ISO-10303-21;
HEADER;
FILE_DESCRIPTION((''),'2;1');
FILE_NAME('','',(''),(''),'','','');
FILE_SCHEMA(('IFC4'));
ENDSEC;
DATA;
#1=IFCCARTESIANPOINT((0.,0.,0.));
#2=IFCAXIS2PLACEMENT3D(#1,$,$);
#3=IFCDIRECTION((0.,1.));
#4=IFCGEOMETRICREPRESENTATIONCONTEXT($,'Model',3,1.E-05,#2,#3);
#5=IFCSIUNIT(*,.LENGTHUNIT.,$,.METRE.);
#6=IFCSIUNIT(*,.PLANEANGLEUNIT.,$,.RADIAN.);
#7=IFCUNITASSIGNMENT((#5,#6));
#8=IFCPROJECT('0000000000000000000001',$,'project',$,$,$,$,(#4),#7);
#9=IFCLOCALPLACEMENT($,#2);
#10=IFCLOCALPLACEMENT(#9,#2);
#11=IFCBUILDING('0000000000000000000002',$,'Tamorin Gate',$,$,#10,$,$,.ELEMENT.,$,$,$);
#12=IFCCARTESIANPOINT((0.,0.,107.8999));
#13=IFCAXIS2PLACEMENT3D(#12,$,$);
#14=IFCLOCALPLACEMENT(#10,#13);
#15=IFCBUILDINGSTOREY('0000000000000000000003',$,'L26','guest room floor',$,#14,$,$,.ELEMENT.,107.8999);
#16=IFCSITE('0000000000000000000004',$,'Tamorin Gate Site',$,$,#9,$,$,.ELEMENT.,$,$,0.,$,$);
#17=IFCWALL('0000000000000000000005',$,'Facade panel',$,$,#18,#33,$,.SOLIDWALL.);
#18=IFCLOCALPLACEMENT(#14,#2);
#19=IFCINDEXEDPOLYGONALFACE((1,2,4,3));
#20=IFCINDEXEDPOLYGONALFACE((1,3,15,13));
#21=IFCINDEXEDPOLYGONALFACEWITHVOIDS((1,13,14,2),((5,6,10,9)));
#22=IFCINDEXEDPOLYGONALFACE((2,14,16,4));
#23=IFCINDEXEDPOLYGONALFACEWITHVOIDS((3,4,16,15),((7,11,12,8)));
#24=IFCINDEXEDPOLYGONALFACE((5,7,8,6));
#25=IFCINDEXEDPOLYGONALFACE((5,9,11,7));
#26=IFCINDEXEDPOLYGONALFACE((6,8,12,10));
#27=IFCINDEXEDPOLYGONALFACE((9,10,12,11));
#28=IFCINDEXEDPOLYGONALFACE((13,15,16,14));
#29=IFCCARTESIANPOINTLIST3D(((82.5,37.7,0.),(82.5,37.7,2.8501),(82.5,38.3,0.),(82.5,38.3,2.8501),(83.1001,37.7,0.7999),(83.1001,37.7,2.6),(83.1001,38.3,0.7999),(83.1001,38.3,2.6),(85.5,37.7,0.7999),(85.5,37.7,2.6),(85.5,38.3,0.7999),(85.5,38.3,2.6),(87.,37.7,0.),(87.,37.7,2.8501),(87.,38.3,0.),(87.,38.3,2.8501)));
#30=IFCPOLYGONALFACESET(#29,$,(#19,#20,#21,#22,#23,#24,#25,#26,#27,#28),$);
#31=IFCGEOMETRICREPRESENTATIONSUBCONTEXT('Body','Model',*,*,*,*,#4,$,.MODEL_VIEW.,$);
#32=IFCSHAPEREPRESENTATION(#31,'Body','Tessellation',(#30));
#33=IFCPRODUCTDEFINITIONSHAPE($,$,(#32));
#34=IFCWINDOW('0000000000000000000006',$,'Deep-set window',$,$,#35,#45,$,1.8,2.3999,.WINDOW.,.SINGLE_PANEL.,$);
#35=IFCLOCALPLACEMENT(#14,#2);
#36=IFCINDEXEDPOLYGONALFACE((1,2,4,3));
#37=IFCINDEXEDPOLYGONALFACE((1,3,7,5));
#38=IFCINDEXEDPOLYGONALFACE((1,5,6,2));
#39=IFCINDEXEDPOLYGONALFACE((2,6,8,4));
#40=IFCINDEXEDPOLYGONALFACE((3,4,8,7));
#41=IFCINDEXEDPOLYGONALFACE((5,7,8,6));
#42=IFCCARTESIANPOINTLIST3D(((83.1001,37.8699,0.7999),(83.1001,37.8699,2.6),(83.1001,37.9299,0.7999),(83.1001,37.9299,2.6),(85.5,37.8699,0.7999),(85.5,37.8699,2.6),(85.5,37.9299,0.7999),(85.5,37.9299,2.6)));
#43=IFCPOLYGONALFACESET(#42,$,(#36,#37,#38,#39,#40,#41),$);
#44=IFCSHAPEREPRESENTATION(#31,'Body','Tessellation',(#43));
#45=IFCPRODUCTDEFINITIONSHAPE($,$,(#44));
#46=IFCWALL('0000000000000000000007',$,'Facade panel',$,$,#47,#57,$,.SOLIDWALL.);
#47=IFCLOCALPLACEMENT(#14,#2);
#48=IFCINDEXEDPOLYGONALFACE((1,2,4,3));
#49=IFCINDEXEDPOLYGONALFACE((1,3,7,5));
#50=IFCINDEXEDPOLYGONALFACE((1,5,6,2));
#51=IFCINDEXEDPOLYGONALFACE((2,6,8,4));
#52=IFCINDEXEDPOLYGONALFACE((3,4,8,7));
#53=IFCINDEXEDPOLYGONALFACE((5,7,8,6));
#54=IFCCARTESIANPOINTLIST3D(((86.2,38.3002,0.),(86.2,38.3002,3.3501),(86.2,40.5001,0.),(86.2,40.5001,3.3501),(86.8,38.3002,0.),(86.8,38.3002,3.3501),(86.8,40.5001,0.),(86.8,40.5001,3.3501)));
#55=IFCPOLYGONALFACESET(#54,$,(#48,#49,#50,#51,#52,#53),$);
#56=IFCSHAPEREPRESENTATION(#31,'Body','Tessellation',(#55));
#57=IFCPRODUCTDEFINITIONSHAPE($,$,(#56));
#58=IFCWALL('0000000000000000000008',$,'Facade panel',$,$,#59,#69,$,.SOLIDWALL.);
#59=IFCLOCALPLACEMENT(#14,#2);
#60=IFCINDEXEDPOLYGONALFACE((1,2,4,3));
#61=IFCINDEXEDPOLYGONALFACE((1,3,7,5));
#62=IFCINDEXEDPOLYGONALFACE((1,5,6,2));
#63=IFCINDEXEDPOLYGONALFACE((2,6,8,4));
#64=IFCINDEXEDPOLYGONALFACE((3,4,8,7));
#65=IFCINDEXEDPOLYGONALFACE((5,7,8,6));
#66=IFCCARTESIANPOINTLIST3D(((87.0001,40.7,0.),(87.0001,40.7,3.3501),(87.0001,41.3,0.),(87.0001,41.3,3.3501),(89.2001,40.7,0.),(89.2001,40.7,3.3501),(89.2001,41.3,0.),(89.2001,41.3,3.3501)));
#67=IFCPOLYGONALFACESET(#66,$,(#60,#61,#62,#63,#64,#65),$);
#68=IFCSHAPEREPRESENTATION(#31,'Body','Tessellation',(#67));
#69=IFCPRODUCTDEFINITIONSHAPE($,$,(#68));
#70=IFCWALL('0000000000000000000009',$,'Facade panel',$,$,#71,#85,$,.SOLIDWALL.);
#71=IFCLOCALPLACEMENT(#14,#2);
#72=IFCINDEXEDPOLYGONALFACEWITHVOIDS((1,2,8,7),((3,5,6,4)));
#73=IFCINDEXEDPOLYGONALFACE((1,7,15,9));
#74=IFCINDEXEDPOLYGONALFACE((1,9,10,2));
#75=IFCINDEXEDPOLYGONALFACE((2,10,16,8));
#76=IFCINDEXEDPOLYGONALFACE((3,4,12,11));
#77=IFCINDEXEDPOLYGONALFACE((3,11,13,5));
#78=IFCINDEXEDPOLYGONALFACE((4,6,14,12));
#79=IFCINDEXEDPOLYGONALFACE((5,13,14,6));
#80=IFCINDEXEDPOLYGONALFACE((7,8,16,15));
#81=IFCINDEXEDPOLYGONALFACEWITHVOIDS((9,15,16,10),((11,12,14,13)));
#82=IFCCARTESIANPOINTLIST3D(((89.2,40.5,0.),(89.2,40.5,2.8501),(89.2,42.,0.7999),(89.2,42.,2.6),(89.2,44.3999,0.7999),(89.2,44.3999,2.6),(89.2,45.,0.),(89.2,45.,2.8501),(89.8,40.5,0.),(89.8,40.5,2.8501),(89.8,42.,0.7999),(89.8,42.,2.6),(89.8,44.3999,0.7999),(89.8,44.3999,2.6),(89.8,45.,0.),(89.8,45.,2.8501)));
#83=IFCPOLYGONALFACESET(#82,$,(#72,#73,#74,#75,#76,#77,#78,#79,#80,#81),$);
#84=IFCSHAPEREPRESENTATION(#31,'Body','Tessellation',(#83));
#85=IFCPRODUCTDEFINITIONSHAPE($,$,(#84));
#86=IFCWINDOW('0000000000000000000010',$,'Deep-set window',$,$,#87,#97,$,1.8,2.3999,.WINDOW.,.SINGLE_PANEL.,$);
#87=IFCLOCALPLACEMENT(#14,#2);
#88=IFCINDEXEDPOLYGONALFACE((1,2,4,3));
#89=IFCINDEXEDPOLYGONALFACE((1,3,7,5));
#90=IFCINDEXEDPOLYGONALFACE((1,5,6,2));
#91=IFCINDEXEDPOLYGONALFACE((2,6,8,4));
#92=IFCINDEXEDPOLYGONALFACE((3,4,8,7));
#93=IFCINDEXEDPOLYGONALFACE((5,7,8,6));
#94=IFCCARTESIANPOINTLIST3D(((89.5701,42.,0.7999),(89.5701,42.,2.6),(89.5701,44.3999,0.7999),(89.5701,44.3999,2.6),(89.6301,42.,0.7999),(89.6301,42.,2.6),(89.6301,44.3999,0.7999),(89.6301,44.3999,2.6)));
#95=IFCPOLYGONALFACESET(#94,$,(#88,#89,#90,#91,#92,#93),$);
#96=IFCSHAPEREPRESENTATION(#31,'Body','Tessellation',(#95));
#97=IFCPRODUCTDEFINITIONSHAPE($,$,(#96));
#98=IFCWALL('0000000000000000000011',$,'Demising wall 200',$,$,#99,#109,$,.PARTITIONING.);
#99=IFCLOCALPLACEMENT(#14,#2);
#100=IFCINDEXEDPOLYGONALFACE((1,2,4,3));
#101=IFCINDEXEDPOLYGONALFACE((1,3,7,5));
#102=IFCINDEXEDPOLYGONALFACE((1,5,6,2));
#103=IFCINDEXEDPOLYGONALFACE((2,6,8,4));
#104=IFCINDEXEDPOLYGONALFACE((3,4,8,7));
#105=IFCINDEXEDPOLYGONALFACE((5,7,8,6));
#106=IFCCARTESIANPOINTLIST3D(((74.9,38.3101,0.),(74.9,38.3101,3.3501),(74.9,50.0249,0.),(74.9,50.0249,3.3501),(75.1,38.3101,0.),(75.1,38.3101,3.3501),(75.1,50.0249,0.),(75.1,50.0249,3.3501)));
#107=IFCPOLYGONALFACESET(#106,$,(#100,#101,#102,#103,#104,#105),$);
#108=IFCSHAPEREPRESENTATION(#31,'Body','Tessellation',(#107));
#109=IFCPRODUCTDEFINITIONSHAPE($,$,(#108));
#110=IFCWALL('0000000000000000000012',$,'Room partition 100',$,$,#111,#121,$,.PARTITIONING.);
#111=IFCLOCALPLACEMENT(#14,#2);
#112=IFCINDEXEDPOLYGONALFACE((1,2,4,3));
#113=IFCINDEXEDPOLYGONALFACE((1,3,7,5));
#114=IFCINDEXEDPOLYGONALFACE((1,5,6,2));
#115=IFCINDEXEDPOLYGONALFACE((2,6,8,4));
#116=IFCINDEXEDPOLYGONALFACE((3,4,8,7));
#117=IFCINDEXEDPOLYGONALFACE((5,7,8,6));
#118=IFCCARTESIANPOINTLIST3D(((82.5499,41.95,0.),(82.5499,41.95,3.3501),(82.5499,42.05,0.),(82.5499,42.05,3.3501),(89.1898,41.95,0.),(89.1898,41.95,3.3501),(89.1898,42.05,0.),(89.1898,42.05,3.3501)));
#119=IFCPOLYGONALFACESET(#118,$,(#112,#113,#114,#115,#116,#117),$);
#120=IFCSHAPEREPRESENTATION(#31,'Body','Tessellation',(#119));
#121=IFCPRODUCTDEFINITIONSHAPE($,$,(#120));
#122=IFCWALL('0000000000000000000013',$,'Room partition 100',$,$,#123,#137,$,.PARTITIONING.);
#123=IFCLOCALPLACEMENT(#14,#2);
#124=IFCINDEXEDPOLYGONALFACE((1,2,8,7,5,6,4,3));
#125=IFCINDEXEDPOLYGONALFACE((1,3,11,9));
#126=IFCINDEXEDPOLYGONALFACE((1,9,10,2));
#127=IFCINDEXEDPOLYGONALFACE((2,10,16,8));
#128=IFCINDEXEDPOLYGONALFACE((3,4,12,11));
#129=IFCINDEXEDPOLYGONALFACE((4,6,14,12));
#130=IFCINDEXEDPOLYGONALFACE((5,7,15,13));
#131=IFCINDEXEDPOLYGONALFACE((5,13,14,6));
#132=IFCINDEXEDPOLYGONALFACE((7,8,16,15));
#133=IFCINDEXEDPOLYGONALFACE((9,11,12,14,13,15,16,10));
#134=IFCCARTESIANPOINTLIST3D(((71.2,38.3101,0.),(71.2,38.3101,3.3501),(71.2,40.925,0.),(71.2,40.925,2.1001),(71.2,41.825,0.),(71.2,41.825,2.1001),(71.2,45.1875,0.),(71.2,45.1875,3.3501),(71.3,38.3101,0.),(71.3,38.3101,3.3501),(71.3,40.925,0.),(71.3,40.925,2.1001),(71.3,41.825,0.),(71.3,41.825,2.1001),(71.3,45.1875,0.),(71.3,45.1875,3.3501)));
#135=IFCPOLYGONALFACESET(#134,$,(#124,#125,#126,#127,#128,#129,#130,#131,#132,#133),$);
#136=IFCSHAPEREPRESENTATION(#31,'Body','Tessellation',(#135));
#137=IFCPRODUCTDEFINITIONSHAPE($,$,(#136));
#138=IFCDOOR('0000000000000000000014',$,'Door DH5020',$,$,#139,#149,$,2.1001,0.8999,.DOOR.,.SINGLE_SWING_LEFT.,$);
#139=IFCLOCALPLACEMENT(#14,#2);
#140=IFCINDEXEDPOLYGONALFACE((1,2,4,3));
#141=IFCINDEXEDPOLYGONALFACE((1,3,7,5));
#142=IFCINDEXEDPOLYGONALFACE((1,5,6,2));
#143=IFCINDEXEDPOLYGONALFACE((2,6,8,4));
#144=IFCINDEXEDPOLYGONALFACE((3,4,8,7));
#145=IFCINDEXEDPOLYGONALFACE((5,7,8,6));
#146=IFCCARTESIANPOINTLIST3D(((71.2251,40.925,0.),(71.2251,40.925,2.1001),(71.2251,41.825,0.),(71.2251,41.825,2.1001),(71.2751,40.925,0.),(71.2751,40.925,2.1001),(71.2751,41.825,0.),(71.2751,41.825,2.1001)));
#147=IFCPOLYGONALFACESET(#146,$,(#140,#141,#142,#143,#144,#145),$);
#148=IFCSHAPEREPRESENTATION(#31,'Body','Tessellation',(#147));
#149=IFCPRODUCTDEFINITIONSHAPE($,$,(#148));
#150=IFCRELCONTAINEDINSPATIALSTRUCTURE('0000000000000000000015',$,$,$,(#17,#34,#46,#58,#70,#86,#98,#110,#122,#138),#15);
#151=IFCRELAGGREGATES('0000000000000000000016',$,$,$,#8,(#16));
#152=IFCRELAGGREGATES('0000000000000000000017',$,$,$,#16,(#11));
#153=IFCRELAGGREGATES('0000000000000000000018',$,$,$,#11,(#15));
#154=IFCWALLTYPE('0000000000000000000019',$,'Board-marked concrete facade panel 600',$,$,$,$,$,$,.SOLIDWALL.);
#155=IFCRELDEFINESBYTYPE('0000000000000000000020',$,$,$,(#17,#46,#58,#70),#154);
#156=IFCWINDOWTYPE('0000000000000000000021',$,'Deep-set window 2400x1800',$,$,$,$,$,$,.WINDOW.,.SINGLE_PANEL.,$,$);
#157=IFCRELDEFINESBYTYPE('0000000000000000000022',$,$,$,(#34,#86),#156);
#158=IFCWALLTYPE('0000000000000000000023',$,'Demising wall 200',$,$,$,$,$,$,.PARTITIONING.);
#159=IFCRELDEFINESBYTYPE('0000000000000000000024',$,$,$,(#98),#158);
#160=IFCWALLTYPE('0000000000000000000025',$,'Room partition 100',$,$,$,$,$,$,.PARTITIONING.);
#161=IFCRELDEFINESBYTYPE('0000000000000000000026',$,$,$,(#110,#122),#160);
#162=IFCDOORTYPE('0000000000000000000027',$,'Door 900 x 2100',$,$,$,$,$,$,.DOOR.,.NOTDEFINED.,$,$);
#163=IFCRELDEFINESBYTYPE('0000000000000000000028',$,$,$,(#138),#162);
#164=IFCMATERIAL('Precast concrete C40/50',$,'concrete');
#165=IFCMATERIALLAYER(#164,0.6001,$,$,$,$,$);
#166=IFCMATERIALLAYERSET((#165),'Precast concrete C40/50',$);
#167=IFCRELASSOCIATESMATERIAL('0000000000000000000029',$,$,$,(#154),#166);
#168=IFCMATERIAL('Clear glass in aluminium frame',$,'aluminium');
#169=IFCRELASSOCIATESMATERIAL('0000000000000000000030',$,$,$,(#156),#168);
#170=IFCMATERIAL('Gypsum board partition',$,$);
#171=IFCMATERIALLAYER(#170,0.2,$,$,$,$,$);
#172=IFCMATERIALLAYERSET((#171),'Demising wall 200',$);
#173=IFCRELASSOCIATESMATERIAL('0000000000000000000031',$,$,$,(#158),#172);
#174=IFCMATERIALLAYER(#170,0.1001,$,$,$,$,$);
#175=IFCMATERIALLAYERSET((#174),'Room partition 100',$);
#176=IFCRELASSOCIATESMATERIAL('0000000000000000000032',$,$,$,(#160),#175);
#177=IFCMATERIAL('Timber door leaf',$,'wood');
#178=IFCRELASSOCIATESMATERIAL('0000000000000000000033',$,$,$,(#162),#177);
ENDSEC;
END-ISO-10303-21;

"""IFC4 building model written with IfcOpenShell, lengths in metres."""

from ifc_helpers import new_model, si_unit, direction, frame, frame_2d, origin, place, context, subcontext, project, spatial, rectangle, extrude, material, layer, layer_set, type_object, element, fill, save


model = new_model("IFC4")

# Units and contexts
model_context = context("Model", 3, precision=1e-05, world=origin(), true_north=direction((0.0, 1.0)))
body_context = subcontext(model_context, "Body", "Model", "MODEL_VIEW")
ifc_project = project(units=[si_unit("LENGTHUNIT", "METRE"), si_unit("PLANEANGLEUNIT", "RADIAN")], contexts=[model_context])

# Site, building, storey
site_placement = place(None, origin())
site = spatial("IfcSite", under=ifc_project, at=site_placement, Name="Tamorin Gate Site", CompositionType="ELEMENT", RefElevation=0.0)
building_placement = place(site_placement, origin())
building = spatial("IfcBuilding", under=site, at=building_placement, Name="Tamorin Gate", CompositionType="ELEMENT")
storey_placement = place(building_placement, frame((0.0, 0.0, 107.8999)))
storey = spatial("IfcBuildingStorey", under=building, at=storey_placement, Name="L26", Description="guest room floor", CompositionType="ELEMENT", Elevation=107.8999)

# Shared definitions
ifc_material_1 = material(Name="Precast concrete C40/50", Category="concrete")
ifc_layer_1 = layer(ifc_material_1, 0.6001)
ifc_layer_set_1 = layer_set([ifc_layer_1], Name="Precast concrete C40/50")
wall_type_1 = type_object("IfcWallType", Name="Board-marked concrete facade panel 600", PredefinedType="SOLIDWALL", material=ifc_layer_set_1)
ifc_material_2 = material(Name="Clear glass in aluminium frame", Category="aluminium")
window_type = type_object("IfcWindowType", Name="Deep-set window 2400x1800", PartitioningType="SINGLE_PANEL", PredefinedType="WINDOW", material=ifc_material_2)

# Wall, opening, window
wall_1_placement = place(storey_placement, frame((82.5, 38.0, 0.0), z_axis=(0.0, 0.0, 1.0), x_axis=(1.0, 0.0, 0.0)))
wall_1 = element("IfcWall", 1, at=wall_1_placement, inside=storey, type_object=wall_type_1, Name="Facade panel", PredefinedType="SOLIDWALL", context=body_context, shape_type="SweptSolid", body=[
    extrude(rectangle(XDim=4.5, YDim=0.6001, at=frame_2d((2.25, 0.0))), origin(), (0.0, 0.0, 1.0), 2.8501),
])
opening_1_placement = place(wall_1_placement, frame((0.6001, 0.0, 0.8)))
opening_1 = element("IfcOpeningElement", 2, at=opening_1_placement, cuts=wall_1, PredefinedType="OPENING", context=body_context, shape_type="SweptSolid", body=[
    extrude(rectangle(XDim=2.3999, YDim=1.8, at=frame_2d((1.2, 0.8999))), frame((0.0, 0.3101, 0.0), z_axis=(0.0, -1.0, 0.0), x_axis=(1.0, 0.0, 0.0)), (0.0, 0.0, 1.0), 0.6201),
])
window_1_placement = place(opening_1_placement, origin())
window_1 = element("IfcWindow", 3, at=window_1_placement, inside=storey, type_object=window_type, Name="Deep-set window", OverallHeight=1.8, OverallWidth=2.3999, PartitioningType="SINGLE_PANEL", PredefinedType="WINDOW", context=body_context, shape_type="SweptSolid", body=[
    extrude(rectangle(XDim=2.3999, YDim=1.8, at=frame_2d((1.2, 0.8999))), frame((0.0, -0.0701, 0.0), z_axis=(0.0, -1.0, 0.0), x_axis=(1.0, 0.0, 0.0)), (0.0, 0.0, 1.0), 0.0601),
])
fill(opening_1, window_1)

# Walls
for number, where, z_axis, x_axis, name in (
    (4, (86.5, 38.3, 0.0), (0.0, 0.0, 1.0), (0.0, 1.0, 0.0), "Facade panel"),
    (5, (87.0, 41.0, 0.0), (0.0, 0.0, 1.0), (1.0, 0.0, 0.0), "Facade panel"),
):
    element("IfcWall", number, at=place(storey_placement, frame(where, z_axis=z_axis, x_axis=x_axis)), inside=storey, type_object=wall_type_1, Name=name, PredefinedType="SOLIDWALL", context=body_context, shape_type="SweptSolid", body=[
        extrude(rectangle(XDim=2.2, YDim=0.6001, at=frame_2d((1.1001, 0.0))), origin(), (0.0, 0.0, 1.0), 3.3501),
    ])

# Wall, opening, window
wall_2_placement = place(storey_placement, frame((89.5, 40.5, 0.0), z_axis=(0.0, 0.0, 1.0), x_axis=(0.0, 1.0, 0.0)))
wall_2 = element("IfcWall", 6, at=wall_2_placement, inside=storey, type_object=wall_type_1, Name="Facade panel", PredefinedType="SOLIDWALL", context=body_context, shape_type="SweptSolid", body=[
    extrude(rectangle(XDim=4.5, YDim=0.6001, at=frame_2d((2.25, 0.0))), origin(), (0.0, 0.0, 1.0), 2.8501),
])
opening_2_placement = place(wall_2_placement, frame((1.5, 0.0, 0.8)))
opening_2 = element("IfcOpeningElement", 7, at=opening_2_placement, cuts=wall_2, PredefinedType="OPENING", context=body_context, shape_type="SweptSolid", body=[
    extrude(rectangle(XDim=2.3999, YDim=1.8, at=frame_2d((1.2, 0.8999))), frame((0.0, 0.3101, 0.0), z_axis=(0.0, -1.0, 0.0), x_axis=(1.0, 0.0, 0.0)), (0.0, 0.0, 1.0), 0.6201),
])
window_2_placement = place(opening_2_placement, origin())
window_2 = element("IfcWindow", 8, at=window_2_placement, inside=storey, type_object=window_type, Name="Deep-set window", OverallHeight=1.8, OverallWidth=2.3999, PartitioningType="SINGLE_PANEL", PredefinedType="WINDOW", context=body_context, shape_type="SweptSolid", body=[
    extrude(rectangle(XDim=2.3999, YDim=1.8, at=frame_2d((1.2, 0.8999))), frame((0.0, -0.0701, 0.0), z_axis=(0.0, -1.0, 0.0), x_axis=(1.0, 0.0, 0.0)), (0.0, 0.0, 1.0), 0.0601),
])
fill(opening_2, window_2)

# Walls
ifc_material_3 = material(Name="Gypsum board partition")
ifc_layer_2 = layer(ifc_material_3, 0.2)
ifc_layer_set_2 = layer_set([ifc_layer_2], Name="Demising wall 200")
wall_type_2 = type_object("IfcWallType", Name="Demising wall 200", PredefinedType="PARTITIONING", material=ifc_layer_set_2)
wall_3_placement = place(storey_placement, frame((75.0, 38.3101, 0.0), z_axis=(0.0, 0.0, 1.0), x_axis=(0.0, 1.0, 0.0)))
element("IfcWall", 9, at=wall_3_placement, inside=storey, type_object=wall_type_2, Name="Demising wall 200", PredefinedType="PARTITIONING", context=body_context, shape_type="SweptSolid", body=[
    extrude(rectangle(XDim=11.7148, YDim=0.2, at=frame_2d((5.8574, 0.0))), origin(), (0.0, 0.0, 1.0), 3.3501),
])
ifc_layer_3 = layer(ifc_material_3, 0.1001)
ifc_layer_set_3 = layer_set([ifc_layer_3], Name="Room partition 100")
wall_type_3 = type_object("IfcWallType", Name="Room partition 100", PredefinedType="PARTITIONING", material=ifc_layer_set_3)
wall_4_placement = place(storey_placement, frame((82.55, 42.0, 0.0), z_axis=(0.0, 0.0, 1.0), x_axis=(1.0, 0.0, 0.0)))
element("IfcWall", 10, at=wall_4_placement, inside=storey, type_object=wall_type_3, Name="Room partition 100", PredefinedType="PARTITIONING", context=body_context, shape_type="SweptSolid", body=[
    extrude(rectangle(XDim=6.6399, YDim=0.1001, at=frame_2d((3.3198, 0.0))), origin(), (0.0, 0.0, 1.0), 3.3501),
])

# Wall, opening, door
wall_5_placement = place(storey_placement, frame((71.25, 38.3101, 0.0), z_axis=(0.0, 0.0, 1.0), x_axis=(0.0, 1.0, 0.0)))
wall_5 = element("IfcWall", 11, at=wall_5_placement, inside=storey, type_object=wall_type_3, Name="Room partition 100", PredefinedType="PARTITIONING", context=body_context, shape_type="SweptSolid", body=[
    extrude(rectangle(XDim=6.8774, YDim=0.1001, at=frame_2d((3.4387, 0.0))), origin(), (0.0, 0.0, 1.0), 3.3501),
])
opening_3_placement = place(wall_5_placement, frame((2.615, 0.0, 0.0)))
opening_3 = element("IfcOpeningElement", 12, at=opening_3_placement, cuts=wall_5, PredefinedType="OPENING", context=body_context, shape_type="SweptSolid", body=[
    extrude(rectangle(XDim=0.8999, YDim=2.1001, at=frame_2d((0.45, 1.05))), frame((0.0, 0.0601, 0.0), z_axis=(0.0, -1.0, 0.0), x_axis=(1.0, 0.0, 0.0)), (0.0, 0.0, 1.0), 0.1201),
])
ifc_material_4 = material(Name="Timber door leaf", Category="wood")
door_type = type_object("IfcDoorType", Name="Door 900 x 2100", OperationType="NOTDEFINED", PredefinedType="DOOR", material=ifc_material_4)
door_1_placement = place(opening_3_placement, origin())
door_1 = element("IfcDoor", 13, at=door_1_placement, inside=storey, type_object=door_type, Name="Door DH5020", OperationType="SINGLE_SWING_LEFT", OverallHeight=2.1001, OverallWidth=0.8999, PredefinedType="DOOR", context=body_context, shape_type="SweptSolid", body=[
    extrude(rectangle(XDim=0.8999, YDim=2.1001, at=frame_2d((0.45, 1.05))), frame((0.0, 0.0249, 0.0), z_axis=(0.0, -1.0, 0.0), x_axis=(1.0, 0.0, 0.0)), (0.0, 0.0, 1.0), 0.05),
])
fill(opening_3, door_1)

save(model, "model.ifc")
